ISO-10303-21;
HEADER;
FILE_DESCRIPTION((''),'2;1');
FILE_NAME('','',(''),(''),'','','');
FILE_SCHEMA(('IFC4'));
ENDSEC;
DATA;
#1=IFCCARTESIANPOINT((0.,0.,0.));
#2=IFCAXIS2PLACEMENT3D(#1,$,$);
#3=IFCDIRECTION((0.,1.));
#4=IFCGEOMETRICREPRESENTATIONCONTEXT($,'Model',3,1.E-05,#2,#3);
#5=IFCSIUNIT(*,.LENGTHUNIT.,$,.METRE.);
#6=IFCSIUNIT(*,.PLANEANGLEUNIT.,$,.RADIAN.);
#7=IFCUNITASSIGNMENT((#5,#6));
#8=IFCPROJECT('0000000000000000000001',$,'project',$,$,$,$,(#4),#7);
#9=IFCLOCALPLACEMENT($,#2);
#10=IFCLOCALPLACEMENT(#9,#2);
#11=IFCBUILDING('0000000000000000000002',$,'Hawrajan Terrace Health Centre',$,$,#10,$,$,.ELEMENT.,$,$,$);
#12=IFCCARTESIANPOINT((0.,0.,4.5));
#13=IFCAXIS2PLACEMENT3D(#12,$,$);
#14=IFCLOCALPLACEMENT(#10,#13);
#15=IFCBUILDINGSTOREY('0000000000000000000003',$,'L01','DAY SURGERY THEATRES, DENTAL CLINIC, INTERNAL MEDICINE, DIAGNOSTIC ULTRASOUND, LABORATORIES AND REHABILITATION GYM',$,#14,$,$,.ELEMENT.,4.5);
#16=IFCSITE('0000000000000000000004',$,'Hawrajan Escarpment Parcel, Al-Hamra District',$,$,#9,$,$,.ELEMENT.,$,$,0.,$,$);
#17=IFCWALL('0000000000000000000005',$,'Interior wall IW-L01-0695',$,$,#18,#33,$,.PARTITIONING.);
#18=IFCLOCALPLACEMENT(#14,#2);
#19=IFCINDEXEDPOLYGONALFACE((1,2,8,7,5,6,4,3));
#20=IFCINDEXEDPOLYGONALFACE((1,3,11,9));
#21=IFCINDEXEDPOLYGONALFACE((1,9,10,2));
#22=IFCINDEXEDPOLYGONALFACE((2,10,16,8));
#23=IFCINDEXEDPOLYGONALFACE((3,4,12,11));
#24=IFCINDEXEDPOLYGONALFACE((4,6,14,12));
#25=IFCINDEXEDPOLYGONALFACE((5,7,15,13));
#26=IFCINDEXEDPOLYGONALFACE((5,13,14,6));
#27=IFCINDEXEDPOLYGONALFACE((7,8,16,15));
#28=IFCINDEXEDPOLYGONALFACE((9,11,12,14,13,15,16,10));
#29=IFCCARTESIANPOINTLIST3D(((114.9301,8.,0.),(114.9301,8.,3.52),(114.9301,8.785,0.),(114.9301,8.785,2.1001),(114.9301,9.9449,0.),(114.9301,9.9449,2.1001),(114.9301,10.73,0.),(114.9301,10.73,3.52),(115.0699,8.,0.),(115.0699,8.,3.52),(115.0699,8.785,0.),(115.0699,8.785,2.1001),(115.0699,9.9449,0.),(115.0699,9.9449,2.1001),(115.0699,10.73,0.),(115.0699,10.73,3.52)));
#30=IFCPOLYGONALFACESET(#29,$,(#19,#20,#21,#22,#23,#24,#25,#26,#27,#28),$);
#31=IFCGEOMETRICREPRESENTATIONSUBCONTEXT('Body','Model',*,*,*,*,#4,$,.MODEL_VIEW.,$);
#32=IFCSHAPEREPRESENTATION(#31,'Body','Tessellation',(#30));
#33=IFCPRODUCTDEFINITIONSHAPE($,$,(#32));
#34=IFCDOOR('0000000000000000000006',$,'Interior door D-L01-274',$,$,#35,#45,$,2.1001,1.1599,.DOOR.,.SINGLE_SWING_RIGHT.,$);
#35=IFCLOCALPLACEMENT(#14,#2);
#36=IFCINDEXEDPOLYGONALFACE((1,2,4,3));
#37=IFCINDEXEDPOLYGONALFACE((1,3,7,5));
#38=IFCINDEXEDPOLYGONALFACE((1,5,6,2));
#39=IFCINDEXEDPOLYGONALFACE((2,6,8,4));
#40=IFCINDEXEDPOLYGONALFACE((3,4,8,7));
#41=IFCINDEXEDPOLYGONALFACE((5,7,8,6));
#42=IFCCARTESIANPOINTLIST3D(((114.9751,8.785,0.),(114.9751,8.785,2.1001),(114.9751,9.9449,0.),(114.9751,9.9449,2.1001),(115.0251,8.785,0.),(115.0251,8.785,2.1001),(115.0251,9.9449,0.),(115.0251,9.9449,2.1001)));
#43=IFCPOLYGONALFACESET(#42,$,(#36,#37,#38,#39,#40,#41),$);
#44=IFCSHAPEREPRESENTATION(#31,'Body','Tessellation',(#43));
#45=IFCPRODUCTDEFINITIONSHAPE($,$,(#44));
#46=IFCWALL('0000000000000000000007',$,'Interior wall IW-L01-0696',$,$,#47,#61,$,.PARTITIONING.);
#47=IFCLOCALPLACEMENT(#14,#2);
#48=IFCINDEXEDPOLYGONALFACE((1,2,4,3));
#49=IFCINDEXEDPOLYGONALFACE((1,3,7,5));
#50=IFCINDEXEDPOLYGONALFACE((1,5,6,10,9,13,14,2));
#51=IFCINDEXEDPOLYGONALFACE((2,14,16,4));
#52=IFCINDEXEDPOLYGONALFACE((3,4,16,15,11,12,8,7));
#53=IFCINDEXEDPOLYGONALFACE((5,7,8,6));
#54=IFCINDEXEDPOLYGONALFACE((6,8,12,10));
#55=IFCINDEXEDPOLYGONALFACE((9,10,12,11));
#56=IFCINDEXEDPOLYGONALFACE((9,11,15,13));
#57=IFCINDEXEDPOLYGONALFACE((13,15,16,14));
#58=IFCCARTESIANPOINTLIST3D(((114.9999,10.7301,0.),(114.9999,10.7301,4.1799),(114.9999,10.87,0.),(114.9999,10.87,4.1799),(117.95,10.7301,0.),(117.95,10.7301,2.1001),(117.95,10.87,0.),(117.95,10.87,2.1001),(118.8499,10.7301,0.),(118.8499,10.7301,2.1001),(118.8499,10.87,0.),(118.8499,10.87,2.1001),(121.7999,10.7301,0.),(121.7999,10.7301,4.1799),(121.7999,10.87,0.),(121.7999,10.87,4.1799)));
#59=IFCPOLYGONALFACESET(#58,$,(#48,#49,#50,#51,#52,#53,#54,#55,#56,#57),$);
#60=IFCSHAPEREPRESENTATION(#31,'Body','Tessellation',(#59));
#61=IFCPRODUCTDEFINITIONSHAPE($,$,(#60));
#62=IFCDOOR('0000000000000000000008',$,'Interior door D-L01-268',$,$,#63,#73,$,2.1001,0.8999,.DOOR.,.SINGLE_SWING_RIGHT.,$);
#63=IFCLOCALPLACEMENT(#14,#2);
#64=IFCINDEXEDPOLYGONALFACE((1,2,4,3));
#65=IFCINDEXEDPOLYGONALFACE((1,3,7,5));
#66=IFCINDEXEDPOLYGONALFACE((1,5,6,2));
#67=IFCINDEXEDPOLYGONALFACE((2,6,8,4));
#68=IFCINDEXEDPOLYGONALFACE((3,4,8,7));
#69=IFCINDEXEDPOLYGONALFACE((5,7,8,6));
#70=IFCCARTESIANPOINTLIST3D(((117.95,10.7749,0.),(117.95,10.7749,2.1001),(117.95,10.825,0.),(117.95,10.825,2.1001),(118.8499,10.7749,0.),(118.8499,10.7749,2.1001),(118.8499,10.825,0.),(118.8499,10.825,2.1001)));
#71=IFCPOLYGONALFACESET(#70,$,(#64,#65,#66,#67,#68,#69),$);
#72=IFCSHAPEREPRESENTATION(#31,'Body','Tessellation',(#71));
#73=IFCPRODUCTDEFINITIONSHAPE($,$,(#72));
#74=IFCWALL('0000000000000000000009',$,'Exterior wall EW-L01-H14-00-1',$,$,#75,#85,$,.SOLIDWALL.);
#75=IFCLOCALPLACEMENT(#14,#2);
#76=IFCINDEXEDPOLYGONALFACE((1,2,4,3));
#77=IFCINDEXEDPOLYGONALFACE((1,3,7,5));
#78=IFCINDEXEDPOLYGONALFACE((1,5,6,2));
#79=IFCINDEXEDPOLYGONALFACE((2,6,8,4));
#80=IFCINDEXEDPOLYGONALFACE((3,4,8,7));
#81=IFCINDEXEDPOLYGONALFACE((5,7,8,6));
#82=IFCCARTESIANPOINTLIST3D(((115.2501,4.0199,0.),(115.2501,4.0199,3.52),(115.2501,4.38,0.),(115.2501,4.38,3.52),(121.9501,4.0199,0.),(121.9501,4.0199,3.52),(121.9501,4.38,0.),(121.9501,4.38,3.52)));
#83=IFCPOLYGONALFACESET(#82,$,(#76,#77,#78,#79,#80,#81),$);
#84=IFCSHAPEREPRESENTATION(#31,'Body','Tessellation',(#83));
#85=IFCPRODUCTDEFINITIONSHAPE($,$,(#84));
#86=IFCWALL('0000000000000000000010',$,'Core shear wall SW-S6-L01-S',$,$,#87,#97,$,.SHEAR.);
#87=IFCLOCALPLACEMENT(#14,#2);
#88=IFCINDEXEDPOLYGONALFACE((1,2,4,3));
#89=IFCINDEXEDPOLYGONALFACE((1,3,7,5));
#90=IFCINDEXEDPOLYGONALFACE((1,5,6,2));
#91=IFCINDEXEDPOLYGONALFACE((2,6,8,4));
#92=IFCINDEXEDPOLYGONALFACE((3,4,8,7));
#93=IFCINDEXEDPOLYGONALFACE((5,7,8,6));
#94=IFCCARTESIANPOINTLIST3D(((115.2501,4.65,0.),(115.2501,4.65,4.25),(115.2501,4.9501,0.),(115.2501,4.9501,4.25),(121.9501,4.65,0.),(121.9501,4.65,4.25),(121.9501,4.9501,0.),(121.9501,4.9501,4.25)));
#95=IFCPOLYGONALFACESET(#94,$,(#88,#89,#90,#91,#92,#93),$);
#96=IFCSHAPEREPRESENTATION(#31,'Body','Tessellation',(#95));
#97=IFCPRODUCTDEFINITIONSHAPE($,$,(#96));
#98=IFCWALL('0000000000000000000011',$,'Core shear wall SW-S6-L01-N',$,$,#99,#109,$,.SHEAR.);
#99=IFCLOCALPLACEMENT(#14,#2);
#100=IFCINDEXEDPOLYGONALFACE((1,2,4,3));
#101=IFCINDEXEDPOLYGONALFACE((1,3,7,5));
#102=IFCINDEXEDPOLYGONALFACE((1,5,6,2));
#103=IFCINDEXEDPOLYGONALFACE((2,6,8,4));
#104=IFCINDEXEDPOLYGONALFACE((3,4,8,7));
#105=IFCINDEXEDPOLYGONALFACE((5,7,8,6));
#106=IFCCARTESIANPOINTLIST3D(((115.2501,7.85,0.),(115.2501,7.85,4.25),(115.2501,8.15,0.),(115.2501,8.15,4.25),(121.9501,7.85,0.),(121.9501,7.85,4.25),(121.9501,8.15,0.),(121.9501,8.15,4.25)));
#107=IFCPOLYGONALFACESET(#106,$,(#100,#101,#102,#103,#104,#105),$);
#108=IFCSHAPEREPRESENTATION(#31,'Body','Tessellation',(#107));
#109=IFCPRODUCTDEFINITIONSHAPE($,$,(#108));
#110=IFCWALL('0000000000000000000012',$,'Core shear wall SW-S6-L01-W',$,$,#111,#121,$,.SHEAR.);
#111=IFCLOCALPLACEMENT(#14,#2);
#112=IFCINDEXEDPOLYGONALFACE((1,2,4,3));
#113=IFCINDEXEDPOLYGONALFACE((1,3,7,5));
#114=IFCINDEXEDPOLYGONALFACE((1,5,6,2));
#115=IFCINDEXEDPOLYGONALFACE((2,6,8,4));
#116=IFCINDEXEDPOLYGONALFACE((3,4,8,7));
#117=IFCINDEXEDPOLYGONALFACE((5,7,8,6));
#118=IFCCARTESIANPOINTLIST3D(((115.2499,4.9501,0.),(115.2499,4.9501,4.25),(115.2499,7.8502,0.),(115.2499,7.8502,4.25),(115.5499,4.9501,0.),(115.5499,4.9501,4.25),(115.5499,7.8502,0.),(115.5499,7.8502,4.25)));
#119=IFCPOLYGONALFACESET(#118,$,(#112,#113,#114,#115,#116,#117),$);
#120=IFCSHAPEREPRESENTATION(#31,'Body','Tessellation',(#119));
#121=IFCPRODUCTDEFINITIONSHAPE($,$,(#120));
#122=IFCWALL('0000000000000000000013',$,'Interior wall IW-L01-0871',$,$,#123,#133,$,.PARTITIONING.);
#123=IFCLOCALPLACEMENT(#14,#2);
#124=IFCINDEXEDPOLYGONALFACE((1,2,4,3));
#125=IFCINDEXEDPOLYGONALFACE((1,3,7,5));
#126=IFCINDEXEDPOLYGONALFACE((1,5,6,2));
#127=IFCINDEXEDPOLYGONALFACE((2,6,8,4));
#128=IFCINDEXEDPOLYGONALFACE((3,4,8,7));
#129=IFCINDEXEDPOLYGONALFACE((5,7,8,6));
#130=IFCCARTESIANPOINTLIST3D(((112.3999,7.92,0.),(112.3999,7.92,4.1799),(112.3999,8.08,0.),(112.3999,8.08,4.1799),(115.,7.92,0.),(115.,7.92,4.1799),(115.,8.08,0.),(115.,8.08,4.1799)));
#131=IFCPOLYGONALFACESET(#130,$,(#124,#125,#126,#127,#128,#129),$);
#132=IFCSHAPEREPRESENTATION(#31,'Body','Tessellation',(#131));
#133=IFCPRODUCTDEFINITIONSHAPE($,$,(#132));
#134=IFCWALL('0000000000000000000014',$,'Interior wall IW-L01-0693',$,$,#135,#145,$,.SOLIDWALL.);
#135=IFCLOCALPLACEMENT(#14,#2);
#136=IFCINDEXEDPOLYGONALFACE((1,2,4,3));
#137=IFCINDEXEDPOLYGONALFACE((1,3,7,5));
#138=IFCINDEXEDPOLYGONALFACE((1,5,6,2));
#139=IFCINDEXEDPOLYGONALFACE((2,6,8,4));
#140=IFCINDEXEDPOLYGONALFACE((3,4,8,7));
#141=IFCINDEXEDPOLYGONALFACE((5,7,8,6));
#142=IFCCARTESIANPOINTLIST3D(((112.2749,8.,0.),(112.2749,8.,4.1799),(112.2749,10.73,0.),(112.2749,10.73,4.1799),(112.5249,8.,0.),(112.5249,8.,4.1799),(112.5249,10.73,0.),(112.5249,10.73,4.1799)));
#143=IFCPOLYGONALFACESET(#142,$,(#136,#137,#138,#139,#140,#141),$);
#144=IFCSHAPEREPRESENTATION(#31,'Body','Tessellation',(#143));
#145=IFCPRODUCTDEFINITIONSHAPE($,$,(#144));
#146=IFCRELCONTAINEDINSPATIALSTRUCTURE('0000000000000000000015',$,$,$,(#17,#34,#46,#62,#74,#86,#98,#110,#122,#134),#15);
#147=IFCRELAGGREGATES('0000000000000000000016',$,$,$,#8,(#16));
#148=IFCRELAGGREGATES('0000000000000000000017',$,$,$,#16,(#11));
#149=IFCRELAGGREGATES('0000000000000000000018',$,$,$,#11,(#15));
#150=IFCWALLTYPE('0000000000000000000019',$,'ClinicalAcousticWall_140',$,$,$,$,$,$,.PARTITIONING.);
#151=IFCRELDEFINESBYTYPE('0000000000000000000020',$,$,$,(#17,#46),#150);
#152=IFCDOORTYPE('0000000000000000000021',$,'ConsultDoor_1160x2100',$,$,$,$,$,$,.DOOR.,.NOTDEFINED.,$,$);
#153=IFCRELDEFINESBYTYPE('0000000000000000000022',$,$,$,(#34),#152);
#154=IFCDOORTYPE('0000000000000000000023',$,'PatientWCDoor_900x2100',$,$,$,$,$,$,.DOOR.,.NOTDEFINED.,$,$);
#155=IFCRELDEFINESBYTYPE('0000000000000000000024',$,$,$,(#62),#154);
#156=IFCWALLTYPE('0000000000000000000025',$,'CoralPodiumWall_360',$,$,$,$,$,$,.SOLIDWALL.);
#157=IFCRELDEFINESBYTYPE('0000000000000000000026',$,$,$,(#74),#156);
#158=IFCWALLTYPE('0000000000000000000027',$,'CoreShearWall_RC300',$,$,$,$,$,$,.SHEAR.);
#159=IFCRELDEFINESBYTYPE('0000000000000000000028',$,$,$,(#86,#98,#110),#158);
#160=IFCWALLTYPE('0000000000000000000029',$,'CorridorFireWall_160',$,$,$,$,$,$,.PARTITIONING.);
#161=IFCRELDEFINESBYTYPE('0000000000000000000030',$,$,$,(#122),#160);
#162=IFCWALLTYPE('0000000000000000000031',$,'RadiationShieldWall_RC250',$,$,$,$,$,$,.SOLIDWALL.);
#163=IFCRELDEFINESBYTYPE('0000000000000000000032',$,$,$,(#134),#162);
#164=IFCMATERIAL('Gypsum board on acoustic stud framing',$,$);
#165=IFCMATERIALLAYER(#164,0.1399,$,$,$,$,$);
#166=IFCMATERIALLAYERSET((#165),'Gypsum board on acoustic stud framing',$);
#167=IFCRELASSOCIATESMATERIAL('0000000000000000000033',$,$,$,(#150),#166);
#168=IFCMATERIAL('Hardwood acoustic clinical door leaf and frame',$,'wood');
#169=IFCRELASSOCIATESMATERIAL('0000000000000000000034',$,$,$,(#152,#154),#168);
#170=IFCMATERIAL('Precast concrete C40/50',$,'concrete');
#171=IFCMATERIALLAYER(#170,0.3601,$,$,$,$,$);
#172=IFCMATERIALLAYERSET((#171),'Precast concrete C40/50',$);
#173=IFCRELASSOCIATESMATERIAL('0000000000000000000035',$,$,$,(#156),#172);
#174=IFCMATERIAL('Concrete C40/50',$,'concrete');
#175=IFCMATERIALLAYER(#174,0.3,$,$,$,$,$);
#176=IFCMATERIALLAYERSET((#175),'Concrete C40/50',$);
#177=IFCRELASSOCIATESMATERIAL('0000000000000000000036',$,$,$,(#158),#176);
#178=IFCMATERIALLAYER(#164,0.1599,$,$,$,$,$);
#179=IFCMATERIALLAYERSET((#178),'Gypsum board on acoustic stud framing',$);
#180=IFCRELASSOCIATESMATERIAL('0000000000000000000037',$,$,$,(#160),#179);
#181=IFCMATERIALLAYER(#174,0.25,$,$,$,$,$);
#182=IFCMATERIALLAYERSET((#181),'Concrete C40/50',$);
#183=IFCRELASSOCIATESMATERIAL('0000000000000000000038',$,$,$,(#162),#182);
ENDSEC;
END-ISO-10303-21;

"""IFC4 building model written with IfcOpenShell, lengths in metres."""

from ifc_helpers import new_model, si_unit, direction, frame, frame_2d, origin, place, context, subcontext, project, spatial, rectangle, extrude, material, layer, layer_set, type_object, element, fill, save


model = new_model("IFC4")

# Units and contexts
model_context = context("Model", 3, precision=1e-05, world=origin(), true_north=direction((0.0, 1.0)))
body_context = subcontext(model_context, "Body", "Model", "MODEL_VIEW")
ifc_project = project(units=[si_unit("LENGTHUNIT", "METRE"), si_unit("PLANEANGLEUNIT", "RADIAN")], contexts=[model_context])

# Site, building, storey
site_placement = place(None, origin())
site = spatial("IfcSite", under=ifc_project, at=site_placement, Name="Hawrajan Escarpment Parcel, Al-Hamra District", CompositionType="ELEMENT", RefElevation=0.0)
building_placement = place(site_placement, origin())
building = spatial("IfcBuilding", under=site, at=building_placement, Name="Hawrajan Terrace Health Centre", CompositionType="ELEMENT")
storey_placement = place(building_placement, frame((0.0, 0.0, 4.5)))
storey = spatial("IfcBuildingStorey", under=building, at=storey_placement, Name="L01", Description="DAY SURGERY THEATRES, DENTAL CLINIC, INTERNAL MEDICINE, DIAGNOSTIC ULTRASOUND, LABORATORIES AND REHABILITATION GYM", CompositionType="ELEMENT", Elevation=4.5)

# Shared definitions
ifc_material_1 = material(Name="Concrete C40/50", Category="concrete")

# Walls, openings, doors
ifc_material_2 = material(Name="Gypsum board on acoustic stud framing")
ifc_layer_1 = layer(ifc_material_2, 0.1399)
ifc_layer_set_1 = layer_set([ifc_layer_1], Name="Gypsum board on acoustic stud framing")
wall_type_1 = type_object("IfcWallType", Name="ClinicalAcousticWall_140", PredefinedType="PARTITIONING", material=ifc_layer_set_1)
ifc_material_3 = material(Name="Hardwood acoustic clinical door leaf and frame", Category="wood")
wall_1_placement = place(storey_placement, frame((115.0, 8.0, 0.0), z_axis=(0.0, 0.0, 1.0), x_axis=(0.0, 1.0, 0.0)))
wall_1 = element("IfcWall", 1, at=wall_1_placement, inside=storey, type_object=wall_type_1, Name="Interior wall IW-L01-0695", PredefinedType="PARTITIONING", context=body_context, shape_type="SweptSolid", body=[
    extrude(rectangle(XDim=2.73, YDim=0.1399, at=frame_2d((1.365, 0.0))), origin(), (0.0, 0.0, 1.0), 3.52),
])
opening_1_placement = place(wall_1_placement, frame((0.7849, 0.0, 0.0)))
opening_1 = element("IfcOpeningElement", 2, at=opening_1_placement, cuts=wall_1, PredefinedType="OPENING", context=body_context, shape_type="SweptSolid", body=[
    extrude(rectangle(XDim=1.1599, YDim=2.1001, at=frame_2d((0.5801, 1.05))), frame((0.0, 0.0798, 0.0), z_axis=(0.0, -1.0, 0.0), x_axis=(1.0, 0.0, 0.0)), (0.0, 0.0, 1.0), 0.1599),
])
door_type_1 = type_object("IfcDoorType", Name="ConsultDoor_1160x2100", OperationType="NOTDEFINED", PredefinedType="DOOR", material=ifc_material_3)
door_1_placement = place(opening_1_placement, origin())
door_1 = element("IfcDoor", 3, at=door_1_placement, inside=storey, type_object=door_type_1, Name="Interior door D-L01-274", OperationType="SINGLE_SWING_RIGHT", OverallHeight=2.1001, OverallWidth=1.1599, PredefinedType="DOOR", context=body_context, shape_type="SweptSolid", body=[
    extrude(rectangle(XDim=1.1599, YDim=2.1001, at=frame_2d((0.5801, 1.05))), frame((0.0, 0.0249, 0.0), z_axis=(0.0, -1.0, 0.0), x_axis=(1.0, 0.0, 0.0)), (0.0, 0.0, 1.0), 0.05),
])
fill(opening_1, door_1)
wall_2_placement = place(storey_placement, frame((115.0, 10.8, 0.0), z_axis=(0.0, 0.0, 1.0), x_axis=(1.0, 0.0, 0.0)))
wall_2 = element("IfcWall", 4, at=wall_2_placement, inside=storey, type_object=wall_type_1, Name="Interior wall IW-L01-0696", PredefinedType="PARTITIONING", context=body_context, shape_type="SweptSolid", body=[
    extrude(rectangle(XDim=6.8, YDim=0.1399, at=frame_2d((3.3999, 0.0))), origin(), (0.0, 0.0, 1.0), 4.1799),
])
opening_2_placement = place(wall_2_placement, frame((2.95, 0.0, 0.0)))
opening_2 = element("IfcOpeningElement", 5, at=opening_2_placement, cuts=wall_2, PredefinedType="OPENING", context=body_context, shape_type="SweptSolid", body=[
    extrude(rectangle(XDim=0.8999, YDim=2.1001, at=frame_2d((0.45, 1.05))), frame((0.0, 0.0798, 0.0), z_axis=(0.0, -1.0, 0.0), x_axis=(1.0, 0.0, 0.0)), (0.0, 0.0, 1.0), 0.1599),
])
door_type_2 = type_object("IfcDoorType", Name="PatientWCDoor_900x2100", OperationType="NOTDEFINED", PredefinedType="DOOR", material=ifc_material_3)
door_2_placement = place(opening_2_placement, origin())
door_2 = element("IfcDoor", 6, at=door_2_placement, inside=storey, type_object=door_type_2, Name="Interior door D-L01-268", OperationType="SINGLE_SWING_RIGHT", OverallHeight=2.1001, OverallWidth=0.8999, PredefinedType="DOOR", context=body_context, shape_type="SweptSolid", body=[
    extrude(rectangle(XDim=0.8999, YDim=2.1001, at=frame_2d((0.45, 1.05))), frame((0.0, 0.0249, 0.0), z_axis=(0.0, -1.0, 0.0), x_axis=(1.0, 0.0, 0.0)), (0.0, 0.0, 1.0), 0.05),
])
fill(opening_2, door_2)

# Walls
ifc_material_4 = material(Name="Precast concrete C40/50", Category="concrete")
ifc_layer_2 = layer(ifc_material_4, 0.3601)
ifc_layer_set_2 = layer_set([ifc_layer_2], Name="Precast concrete C40/50")
wall_type_2 = type_object("IfcWallType", Name="CoralPodiumWall_360", PredefinedType="SOLIDWALL", material=ifc_layer_set_2)
wall_3_placement = place(storey_placement, frame((115.25, 4.2, 0.0), z_axis=(0.0, 0.0, 1.0), x_axis=(1.0, 0.0, 0.0)))
element("IfcWall", 7, at=wall_3_placement, inside=storey, type_object=wall_type_2, Name="Exterior wall EW-L01-H14-00-1", PredefinedType="SOLIDWALL", context=body_context, shape_type="SweptSolid", body=[
    extrude(rectangle(XDim=6.7, YDim=0.3601, at=frame_2d((3.3501, 0.0))), origin(), (0.0, 0.0, 1.0), 3.52),
])
ifc_layer_3 = layer(ifc_material_1, 0.3)
ifc_layer_set_3 = layer_set([ifc_layer_3], Name="Concrete C40/50")
wall_type_3 = type_object("IfcWallType", Name="CoreShearWall_RC300", PredefinedType="SHEAR", material=ifc_layer_set_3)
for number, where, z_axis, x_axis, name in (
    (8, (115.25, 4.8, 0.0), (0.0, 0.0, 1.0), (1.0, 0.0, 0.0), "Core shear wall SW-S6-L01-S"),
    (9, (115.25, 8.0, 0.0), (0.0, 0.0, 1.0), (1.0, 0.0, 0.0), "Core shear wall SW-S6-L01-N"),
):
    element("IfcWall", number, at=place(storey_placement, frame(where, z_axis=z_axis, x_axis=x_axis)), inside=storey, type_object=wall_type_3, Name=name, PredefinedType="SHEAR", context=body_context, shape_type="SweptSolid", body=[
        extrude(rectangle(XDim=6.7, YDim=0.3, at=frame_2d((3.3501, 0.0))), origin(), (0.0, 0.0, 1.0), 4.25),
    ])
wall_4_placement = place(storey_placement, frame((115.3999, 4.95, 0.0), z_axis=(0.0, 0.0, 1.0), x_axis=(0.0, 1.0, 0.0)))
element("IfcWall", 10, at=wall_4_placement, inside=storey, type_object=wall_type_3, Name="Core shear wall SW-S6-L01-W", PredefinedType="SHEAR", context=body_context, shape_type="SweptSolid", body=[
    extrude(rectangle(XDim=2.9001, YDim=0.3, at=frame_2d((1.4502, 0.0))), origin(), (0.0, 0.0, 1.0), 4.25),
])
ifc_layer_4 = layer(ifc_material_2, 0.1599)
ifc_layer_set_4 = layer_set([ifc_layer_4], Name="Gypsum board on acoustic stud framing")
wall_type_4 = type_object("IfcWallType", Name="CorridorFireWall_160", PredefinedType="PARTITIONING", material=ifc_layer_set_4)
wall_5_placement = place(storey_placement, frame((112.3999, 8.0, 0.0), z_axis=(0.0, 0.0, 1.0), x_axis=(1.0, 0.0, 0.0)))
element("IfcWall", 11, at=wall_5_placement, inside=storey, type_object=wall_type_4, Name="Interior wall IW-L01-0871", PredefinedType="PARTITIONING", context=body_context, shape_type="SweptSolid", body=[
    extrude(rectangle(XDim=2.6001, YDim=0.1599, at=frame_2d((1.3, 0.0))), origin(), (0.0, 0.0, 1.0), 4.1799),
])
ifc_layer_5 = layer(ifc_material_1, 0.25)
ifc_layer_set_5 = layer_set([ifc_layer_5], Name="Concrete C40/50")
wall_type_5 = type_object("IfcWallType", Name="RadiationShieldWall_RC250", PredefinedType="SOLIDWALL", material=ifc_layer_set_5)
wall_6_placement = place(storey_placement, frame((112.3999, 8.0, 0.0), z_axis=(0.0, 0.0, 1.0), x_axis=(0.0, 1.0, 0.0)))
element("IfcWall", 12, at=wall_6_placement, inside=storey, type_object=wall_type_5, Name="Interior wall IW-L01-0693", PredefinedType="SOLIDWALL", context=body_context, shape_type="SweptSolid", body=[
    extrude(rectangle(XDim=2.73, YDim=0.25, at=frame_2d((1.365, 0.0))), origin(), (0.0, 0.0, 1.0), 4.1799),
])

save(model, "model.ifc")
